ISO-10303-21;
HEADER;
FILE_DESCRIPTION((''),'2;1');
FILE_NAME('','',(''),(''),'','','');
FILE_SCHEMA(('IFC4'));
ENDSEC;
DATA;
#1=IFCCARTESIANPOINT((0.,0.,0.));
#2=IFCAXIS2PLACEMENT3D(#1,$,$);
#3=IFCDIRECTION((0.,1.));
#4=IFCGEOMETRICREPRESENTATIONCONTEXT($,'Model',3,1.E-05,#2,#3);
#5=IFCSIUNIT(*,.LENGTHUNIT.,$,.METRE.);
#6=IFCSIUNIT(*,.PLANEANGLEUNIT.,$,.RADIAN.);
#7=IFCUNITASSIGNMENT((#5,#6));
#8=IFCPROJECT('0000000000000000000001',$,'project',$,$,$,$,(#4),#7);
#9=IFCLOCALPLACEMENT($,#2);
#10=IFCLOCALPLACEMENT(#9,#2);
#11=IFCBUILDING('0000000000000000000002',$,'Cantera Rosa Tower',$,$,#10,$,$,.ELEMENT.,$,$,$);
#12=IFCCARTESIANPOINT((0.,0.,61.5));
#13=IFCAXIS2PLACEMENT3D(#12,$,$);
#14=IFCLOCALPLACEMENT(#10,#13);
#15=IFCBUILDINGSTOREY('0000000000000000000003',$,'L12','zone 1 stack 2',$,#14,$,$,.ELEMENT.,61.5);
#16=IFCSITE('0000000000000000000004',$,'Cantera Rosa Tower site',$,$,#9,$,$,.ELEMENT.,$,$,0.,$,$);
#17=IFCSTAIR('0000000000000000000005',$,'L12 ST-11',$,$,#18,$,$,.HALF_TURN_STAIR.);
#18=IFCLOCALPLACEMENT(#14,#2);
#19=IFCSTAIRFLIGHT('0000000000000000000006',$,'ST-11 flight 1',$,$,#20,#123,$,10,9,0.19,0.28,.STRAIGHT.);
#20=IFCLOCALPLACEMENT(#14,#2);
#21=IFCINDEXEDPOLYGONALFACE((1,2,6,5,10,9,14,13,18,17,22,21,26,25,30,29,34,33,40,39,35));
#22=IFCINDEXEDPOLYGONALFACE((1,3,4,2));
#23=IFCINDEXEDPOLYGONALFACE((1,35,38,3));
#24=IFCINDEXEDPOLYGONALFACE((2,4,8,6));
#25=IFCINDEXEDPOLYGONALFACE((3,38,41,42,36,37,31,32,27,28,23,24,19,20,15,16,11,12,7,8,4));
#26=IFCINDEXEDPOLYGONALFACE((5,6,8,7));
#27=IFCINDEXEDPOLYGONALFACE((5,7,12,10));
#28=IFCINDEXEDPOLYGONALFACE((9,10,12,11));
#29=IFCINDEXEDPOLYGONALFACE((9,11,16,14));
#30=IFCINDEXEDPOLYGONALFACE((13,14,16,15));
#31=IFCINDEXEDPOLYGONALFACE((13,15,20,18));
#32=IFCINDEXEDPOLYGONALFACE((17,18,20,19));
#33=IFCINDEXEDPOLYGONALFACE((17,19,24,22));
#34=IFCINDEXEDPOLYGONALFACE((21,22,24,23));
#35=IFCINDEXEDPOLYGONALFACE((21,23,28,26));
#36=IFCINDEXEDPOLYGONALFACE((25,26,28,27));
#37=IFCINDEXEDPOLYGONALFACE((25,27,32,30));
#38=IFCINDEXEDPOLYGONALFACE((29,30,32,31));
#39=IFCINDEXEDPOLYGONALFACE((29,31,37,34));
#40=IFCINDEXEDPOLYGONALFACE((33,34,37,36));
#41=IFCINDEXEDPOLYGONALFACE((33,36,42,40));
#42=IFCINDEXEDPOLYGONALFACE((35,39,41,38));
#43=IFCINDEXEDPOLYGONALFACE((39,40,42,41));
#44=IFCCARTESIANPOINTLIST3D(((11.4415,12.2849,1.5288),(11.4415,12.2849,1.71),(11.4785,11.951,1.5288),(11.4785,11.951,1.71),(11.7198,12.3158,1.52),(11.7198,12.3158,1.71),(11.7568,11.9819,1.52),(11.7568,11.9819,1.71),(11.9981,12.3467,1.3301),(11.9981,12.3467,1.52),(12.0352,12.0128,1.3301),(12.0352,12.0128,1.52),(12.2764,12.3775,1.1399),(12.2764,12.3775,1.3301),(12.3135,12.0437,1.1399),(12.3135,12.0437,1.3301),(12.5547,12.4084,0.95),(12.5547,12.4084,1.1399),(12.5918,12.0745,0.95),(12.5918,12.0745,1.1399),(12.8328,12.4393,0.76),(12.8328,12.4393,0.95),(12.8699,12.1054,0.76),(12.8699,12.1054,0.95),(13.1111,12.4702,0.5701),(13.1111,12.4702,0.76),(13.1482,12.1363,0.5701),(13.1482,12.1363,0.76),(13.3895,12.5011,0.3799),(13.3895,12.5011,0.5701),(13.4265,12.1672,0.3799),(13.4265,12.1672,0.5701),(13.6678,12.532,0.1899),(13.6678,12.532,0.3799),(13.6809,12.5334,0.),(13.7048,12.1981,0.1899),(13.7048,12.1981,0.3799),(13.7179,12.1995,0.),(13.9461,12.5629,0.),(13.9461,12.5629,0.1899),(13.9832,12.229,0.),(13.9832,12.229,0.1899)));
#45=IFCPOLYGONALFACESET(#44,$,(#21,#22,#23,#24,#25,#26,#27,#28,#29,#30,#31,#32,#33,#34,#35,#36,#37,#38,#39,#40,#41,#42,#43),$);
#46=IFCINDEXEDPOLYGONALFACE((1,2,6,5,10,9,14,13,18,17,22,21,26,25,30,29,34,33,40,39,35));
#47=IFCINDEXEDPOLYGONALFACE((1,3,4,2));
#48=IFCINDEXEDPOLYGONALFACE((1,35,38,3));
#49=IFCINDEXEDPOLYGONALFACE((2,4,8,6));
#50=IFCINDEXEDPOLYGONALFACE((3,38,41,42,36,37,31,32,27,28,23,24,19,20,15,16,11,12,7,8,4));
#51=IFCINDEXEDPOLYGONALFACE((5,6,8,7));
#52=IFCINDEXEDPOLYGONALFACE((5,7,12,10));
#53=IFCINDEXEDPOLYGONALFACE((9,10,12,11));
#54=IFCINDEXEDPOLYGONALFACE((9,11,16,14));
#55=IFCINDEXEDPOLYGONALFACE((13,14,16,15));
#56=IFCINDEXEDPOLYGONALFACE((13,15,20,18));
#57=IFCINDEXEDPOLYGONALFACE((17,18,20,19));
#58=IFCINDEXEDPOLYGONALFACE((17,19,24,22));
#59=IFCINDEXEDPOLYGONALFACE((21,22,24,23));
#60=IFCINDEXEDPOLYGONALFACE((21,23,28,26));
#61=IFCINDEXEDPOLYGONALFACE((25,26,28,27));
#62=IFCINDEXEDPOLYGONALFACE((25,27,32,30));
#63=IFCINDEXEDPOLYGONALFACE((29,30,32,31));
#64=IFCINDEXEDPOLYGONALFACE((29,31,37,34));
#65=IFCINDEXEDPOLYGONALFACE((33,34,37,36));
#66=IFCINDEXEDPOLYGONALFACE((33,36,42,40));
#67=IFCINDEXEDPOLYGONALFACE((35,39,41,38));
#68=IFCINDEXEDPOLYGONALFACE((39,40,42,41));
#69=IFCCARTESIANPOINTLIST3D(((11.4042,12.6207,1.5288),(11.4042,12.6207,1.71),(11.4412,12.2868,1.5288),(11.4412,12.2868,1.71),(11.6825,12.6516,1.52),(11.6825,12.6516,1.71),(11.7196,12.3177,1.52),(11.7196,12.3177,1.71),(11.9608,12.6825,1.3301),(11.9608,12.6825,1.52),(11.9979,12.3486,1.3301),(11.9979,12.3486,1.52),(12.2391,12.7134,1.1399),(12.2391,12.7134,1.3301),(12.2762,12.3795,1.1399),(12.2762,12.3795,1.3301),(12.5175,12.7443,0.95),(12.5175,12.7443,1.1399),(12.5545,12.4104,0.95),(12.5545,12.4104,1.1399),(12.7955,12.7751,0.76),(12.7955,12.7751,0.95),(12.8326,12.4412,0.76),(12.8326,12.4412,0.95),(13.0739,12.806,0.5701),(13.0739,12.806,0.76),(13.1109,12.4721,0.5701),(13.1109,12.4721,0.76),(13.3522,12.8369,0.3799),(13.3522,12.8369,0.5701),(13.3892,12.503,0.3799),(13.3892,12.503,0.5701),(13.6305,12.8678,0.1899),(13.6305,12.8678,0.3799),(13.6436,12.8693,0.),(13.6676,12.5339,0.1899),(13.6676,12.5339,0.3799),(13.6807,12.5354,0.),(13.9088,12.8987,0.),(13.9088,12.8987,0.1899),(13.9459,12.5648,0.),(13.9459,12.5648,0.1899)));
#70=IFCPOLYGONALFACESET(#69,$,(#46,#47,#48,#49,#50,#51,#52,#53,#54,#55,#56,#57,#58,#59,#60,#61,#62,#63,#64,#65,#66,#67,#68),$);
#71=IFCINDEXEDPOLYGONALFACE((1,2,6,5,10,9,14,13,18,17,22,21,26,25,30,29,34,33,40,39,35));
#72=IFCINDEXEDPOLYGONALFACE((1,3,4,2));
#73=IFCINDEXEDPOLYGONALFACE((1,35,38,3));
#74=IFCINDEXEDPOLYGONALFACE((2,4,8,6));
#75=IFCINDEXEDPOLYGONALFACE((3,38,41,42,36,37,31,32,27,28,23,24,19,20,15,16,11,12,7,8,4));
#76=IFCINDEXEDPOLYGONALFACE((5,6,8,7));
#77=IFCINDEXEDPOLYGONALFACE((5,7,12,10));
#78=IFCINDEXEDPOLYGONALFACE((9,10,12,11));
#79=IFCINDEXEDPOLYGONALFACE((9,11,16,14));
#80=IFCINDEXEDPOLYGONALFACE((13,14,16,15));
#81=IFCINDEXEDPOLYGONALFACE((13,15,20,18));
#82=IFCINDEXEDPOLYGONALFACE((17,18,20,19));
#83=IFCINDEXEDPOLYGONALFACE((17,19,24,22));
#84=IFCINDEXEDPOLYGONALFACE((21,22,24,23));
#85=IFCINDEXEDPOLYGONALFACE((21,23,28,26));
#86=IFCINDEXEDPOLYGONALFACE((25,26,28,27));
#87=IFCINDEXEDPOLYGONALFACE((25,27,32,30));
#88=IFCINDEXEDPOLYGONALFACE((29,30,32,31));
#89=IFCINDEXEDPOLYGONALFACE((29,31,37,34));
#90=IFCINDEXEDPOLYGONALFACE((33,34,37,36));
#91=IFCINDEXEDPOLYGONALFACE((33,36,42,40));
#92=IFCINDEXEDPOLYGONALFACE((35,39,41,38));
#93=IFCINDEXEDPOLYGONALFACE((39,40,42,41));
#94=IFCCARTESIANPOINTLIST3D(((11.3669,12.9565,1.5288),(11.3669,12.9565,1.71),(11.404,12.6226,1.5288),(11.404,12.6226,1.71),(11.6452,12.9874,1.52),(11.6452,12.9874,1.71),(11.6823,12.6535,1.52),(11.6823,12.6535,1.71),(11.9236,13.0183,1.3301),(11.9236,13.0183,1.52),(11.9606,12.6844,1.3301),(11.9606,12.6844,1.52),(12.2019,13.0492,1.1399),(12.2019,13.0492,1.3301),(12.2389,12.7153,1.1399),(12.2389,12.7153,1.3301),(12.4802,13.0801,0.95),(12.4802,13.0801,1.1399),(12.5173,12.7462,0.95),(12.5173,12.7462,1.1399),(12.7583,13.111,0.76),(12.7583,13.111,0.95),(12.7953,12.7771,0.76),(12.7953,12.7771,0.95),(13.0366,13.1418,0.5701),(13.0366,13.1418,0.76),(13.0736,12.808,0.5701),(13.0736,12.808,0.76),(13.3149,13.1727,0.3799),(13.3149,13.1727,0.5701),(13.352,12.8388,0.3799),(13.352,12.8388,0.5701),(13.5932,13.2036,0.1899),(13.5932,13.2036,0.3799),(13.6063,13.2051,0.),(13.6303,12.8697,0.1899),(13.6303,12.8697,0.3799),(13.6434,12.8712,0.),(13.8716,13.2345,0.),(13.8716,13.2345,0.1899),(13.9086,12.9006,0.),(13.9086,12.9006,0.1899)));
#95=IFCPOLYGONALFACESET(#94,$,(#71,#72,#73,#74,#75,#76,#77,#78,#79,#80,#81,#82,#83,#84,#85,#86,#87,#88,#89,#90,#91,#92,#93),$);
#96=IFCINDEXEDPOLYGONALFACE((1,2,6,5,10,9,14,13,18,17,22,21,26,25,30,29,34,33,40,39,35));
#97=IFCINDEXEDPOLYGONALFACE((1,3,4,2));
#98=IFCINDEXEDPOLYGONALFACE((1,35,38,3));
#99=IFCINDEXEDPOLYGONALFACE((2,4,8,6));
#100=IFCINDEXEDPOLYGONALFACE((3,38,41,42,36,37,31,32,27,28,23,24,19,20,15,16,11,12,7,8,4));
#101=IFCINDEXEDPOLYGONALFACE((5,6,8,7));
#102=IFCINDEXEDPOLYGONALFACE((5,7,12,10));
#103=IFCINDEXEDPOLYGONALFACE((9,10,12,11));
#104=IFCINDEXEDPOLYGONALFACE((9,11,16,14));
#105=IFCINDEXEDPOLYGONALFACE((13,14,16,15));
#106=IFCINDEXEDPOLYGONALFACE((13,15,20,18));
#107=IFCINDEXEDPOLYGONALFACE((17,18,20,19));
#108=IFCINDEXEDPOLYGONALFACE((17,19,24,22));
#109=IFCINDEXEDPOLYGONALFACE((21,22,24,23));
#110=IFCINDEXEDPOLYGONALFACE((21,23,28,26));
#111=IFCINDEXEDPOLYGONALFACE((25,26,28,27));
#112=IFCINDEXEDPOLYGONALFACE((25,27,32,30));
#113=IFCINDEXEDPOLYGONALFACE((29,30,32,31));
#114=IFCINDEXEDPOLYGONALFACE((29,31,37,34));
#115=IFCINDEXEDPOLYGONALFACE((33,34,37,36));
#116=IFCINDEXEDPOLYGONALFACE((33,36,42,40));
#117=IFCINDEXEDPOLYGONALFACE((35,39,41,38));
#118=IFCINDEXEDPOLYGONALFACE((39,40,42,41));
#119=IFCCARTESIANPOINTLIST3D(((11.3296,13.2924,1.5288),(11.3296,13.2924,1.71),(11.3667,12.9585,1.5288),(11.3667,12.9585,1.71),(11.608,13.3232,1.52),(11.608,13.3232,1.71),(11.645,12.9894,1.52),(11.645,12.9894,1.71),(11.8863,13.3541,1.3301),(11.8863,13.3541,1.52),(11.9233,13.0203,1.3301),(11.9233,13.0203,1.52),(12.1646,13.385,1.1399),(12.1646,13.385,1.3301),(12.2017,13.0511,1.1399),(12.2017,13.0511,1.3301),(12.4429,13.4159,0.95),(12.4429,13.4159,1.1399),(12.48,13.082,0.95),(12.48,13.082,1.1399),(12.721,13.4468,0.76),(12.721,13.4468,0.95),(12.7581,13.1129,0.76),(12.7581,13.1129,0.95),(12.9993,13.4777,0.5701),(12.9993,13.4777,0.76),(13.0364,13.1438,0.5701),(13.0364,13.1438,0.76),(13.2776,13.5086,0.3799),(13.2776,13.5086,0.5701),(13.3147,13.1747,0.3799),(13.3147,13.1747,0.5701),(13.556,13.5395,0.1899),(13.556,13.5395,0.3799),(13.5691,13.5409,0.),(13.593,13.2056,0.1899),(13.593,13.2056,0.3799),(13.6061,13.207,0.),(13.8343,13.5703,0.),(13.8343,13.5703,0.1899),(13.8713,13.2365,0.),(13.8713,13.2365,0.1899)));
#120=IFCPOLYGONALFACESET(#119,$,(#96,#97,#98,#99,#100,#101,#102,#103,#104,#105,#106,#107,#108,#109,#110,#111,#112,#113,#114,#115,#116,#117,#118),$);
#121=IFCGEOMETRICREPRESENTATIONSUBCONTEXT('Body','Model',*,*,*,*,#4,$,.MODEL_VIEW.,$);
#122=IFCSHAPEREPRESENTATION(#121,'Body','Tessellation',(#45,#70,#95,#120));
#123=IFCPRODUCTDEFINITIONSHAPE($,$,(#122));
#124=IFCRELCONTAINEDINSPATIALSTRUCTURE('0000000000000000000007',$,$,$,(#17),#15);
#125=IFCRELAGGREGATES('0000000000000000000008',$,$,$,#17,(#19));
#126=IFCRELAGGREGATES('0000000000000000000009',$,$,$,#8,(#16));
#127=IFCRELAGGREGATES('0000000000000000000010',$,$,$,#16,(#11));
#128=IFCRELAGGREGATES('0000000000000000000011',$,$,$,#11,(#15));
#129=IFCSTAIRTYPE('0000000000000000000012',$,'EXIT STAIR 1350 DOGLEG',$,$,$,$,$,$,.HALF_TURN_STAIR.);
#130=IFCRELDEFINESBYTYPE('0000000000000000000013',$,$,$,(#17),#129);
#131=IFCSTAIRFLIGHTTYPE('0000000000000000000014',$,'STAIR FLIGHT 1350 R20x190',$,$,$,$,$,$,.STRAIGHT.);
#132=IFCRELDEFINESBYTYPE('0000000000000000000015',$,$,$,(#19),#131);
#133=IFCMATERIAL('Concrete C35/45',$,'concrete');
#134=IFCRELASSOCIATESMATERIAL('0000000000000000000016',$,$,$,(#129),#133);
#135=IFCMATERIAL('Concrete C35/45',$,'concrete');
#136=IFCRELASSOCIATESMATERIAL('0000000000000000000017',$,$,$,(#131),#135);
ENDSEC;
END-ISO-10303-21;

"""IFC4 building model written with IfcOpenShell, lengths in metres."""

from ifc_helpers import new_model, si_unit, direction, frame, origin, place, context, subcontext, project, spatial, polyline, outline, extrude, material, type_object, element, aggregate, save


model = new_model("IFC4")

# Units and contexts
model_context = context("Model", 3, precision=1e-05, world=origin(), true_north=direction((0.0, 1.0)))
body_context = subcontext(model_context, "Body", "Model", "MODEL_VIEW")
ifc_project = project(units=[si_unit("LENGTHUNIT", "METRE"), si_unit("PLANEANGLEUNIT", "RADIAN")], contexts=[model_context])

# Site, building, storey
site_placement = place(None, origin())
site = spatial("IfcSite", under=ifc_project, at=site_placement, Name="Cantera Rosa Tower site", CompositionType="ELEMENT", RefElevation=0.0)
building_placement = place(site_placement, origin())
building = spatial("IfcBuilding", under=site, at=building_placement, Name="Cantera Rosa Tower", CompositionType="ELEMENT")
storey_placement = place(building_placement, frame((0.0, 0.0, 61.5)))
storey = spatial("IfcBuildingStorey", under=building, at=storey_placement, Name="L12", Description="zone 1 stack 2", CompositionType="ELEMENT", Elevation=61.5)

# Stair, stair flight
ifc_material_1 = material(Name="Concrete C35/45", Category="concrete")
stair_type = type_object("IfcStairType", Name="EXIT STAIR 1350 DOGLEG", PredefinedType="HALF_TURN_STAIR", material=ifc_material_1)
stair_placement = place(storey_placement, origin())
stair = element("IfcStair", 1, at=stair_placement, inside=storey, type_object=stair_type, Name="L12 ST-11", PredefinedType="HALF_TURN_STAIR")
ifc_material_2 = material(Name="Concrete C35/45", Category="concrete")
stair_flight_type = type_object("IfcStairFlightType", Name="STAIR FLIGHT 1350 R20x190", PredefinedType="STRAIGHT", material=ifc_material_2)
stair_flight_placement = place(storey_placement, frame((13.9087, 12.8999, 0.0), z_axis=(0.0, 0.0, 1.0), x_axis=(-0.993897, -0.110313, 0.0)))
stair_flight = element("IfcStairFlight", 2, at=stair_flight_placement, type_object=stair_flight_type, Name="ST-11 flight 1", NumberOfRisers=10, NumberOfTreads=9, PredefinedType="STRAIGHT", RiserHeight=0.19, TreadLength=0.28, context=body_context, shape_type="SweptSolid", body=[
    extrude(outline(polyline([(0.0, 0.0), (0.0, 0.1899), (0.28, 0.1899), (0.28, 0.3799), (0.5601, 0.3799), (0.5601, 0.5701), (0.8401, 0.5701), (0.8401, 0.76), (1.1201, 0.76), (1.1201, 0.95), (1.3999, 0.95), (1.3999, 1.1399), (1.6799, 1.1399), (1.6799, 1.3301), (1.96, 1.3301), (1.96, 1.52), (2.24, 1.52), (2.24, 1.71), (2.52, 1.71), (2.52, 1.8999), (2.52, 1.5288), (0.2668, 0.0), (0.0, 0.0)])), frame((0.0, 0.675, 0.0), z_axis=(0.0, -1.0, 0.0), x_axis=(1.0, 0.0, 0.0)), (0.0, 0.0, 1.0), 0.3359),
    extrude(outline(polyline([(0.0, 0.0), (0.0, 0.1899), (0.28, 0.1899), (0.28, 0.3799), (0.5601, 0.3799), (0.5601, 0.5701), (0.8401, 0.5701), (0.8401, 0.76), (1.1201, 0.76), (1.1201, 0.95), (1.3999, 0.95), (1.3999, 1.1399), (1.6799, 1.1399), (1.6799, 1.3301), (1.96, 1.3301), (1.96, 1.52), (2.24, 1.52), (2.24, 1.71), (2.52, 1.71), (2.52, 1.8999), (2.52, 1.5288), (0.2668, 0.0), (0.0, 0.0)])), frame((0.0, 0.3372, 0.0), z_axis=(0.0, -1.0, 0.0), x_axis=(1.0, 0.0, 0.0)), (0.0, 0.0, 1.0), 0.3359),
    extrude(outline(polyline([(0.0, 0.0), (0.0, 0.1899), (0.28, 0.1899), (0.28, 0.3799), (0.5601, 0.3799), (0.5601, 0.5701), (0.8401, 0.5701), (0.8401, 0.76), (1.1201, 0.76), (1.1201, 0.95), (1.3999, 0.95), (1.3999, 1.1399), (1.6799, 1.1399), (1.6799, 1.3301), (1.96, 1.3301), (1.96, 1.52), (2.24, 1.52), (2.24, 1.71), (2.52, 1.71), (2.52, 1.8999), (2.52, 1.5288), (0.2668, 0.0), (0.0, 0.0)])), frame((0.0, -0.0007, 0.0), z_axis=(0.0, -1.0, 0.0), x_axis=(1.0, 0.0, 0.0)), (0.0, 0.0, 1.0), 0.3359),
    extrude(outline(polyline([(0.0, 0.0), (0.0, 0.1899), (0.28, 0.1899), (0.28, 0.3799), (0.5601, 0.3799), (0.5601, 0.5701), (0.8401, 0.5701), (0.8401, 0.76), (1.1201, 0.76), (1.1201, 0.95), (1.3999, 0.95), (1.3999, 1.1399), (1.6799, 1.1399), (1.6799, 1.3301), (1.96, 1.3301), (1.96, 1.52), (2.24, 1.52), (2.24, 1.71), (2.52, 1.71), (2.52, 1.8999), (2.52, 1.5288), (0.2668, 0.0), (0.0, 0.0)])), frame((0.0, -0.3386, 0.0), z_axis=(0.0, -1.0, 0.0), x_axis=(1.0, 0.0, 0.0)), (0.0, 0.0, 1.0), 0.3359),
])
aggregate(stair, [stair_flight])

save(model, "model.ifc")
